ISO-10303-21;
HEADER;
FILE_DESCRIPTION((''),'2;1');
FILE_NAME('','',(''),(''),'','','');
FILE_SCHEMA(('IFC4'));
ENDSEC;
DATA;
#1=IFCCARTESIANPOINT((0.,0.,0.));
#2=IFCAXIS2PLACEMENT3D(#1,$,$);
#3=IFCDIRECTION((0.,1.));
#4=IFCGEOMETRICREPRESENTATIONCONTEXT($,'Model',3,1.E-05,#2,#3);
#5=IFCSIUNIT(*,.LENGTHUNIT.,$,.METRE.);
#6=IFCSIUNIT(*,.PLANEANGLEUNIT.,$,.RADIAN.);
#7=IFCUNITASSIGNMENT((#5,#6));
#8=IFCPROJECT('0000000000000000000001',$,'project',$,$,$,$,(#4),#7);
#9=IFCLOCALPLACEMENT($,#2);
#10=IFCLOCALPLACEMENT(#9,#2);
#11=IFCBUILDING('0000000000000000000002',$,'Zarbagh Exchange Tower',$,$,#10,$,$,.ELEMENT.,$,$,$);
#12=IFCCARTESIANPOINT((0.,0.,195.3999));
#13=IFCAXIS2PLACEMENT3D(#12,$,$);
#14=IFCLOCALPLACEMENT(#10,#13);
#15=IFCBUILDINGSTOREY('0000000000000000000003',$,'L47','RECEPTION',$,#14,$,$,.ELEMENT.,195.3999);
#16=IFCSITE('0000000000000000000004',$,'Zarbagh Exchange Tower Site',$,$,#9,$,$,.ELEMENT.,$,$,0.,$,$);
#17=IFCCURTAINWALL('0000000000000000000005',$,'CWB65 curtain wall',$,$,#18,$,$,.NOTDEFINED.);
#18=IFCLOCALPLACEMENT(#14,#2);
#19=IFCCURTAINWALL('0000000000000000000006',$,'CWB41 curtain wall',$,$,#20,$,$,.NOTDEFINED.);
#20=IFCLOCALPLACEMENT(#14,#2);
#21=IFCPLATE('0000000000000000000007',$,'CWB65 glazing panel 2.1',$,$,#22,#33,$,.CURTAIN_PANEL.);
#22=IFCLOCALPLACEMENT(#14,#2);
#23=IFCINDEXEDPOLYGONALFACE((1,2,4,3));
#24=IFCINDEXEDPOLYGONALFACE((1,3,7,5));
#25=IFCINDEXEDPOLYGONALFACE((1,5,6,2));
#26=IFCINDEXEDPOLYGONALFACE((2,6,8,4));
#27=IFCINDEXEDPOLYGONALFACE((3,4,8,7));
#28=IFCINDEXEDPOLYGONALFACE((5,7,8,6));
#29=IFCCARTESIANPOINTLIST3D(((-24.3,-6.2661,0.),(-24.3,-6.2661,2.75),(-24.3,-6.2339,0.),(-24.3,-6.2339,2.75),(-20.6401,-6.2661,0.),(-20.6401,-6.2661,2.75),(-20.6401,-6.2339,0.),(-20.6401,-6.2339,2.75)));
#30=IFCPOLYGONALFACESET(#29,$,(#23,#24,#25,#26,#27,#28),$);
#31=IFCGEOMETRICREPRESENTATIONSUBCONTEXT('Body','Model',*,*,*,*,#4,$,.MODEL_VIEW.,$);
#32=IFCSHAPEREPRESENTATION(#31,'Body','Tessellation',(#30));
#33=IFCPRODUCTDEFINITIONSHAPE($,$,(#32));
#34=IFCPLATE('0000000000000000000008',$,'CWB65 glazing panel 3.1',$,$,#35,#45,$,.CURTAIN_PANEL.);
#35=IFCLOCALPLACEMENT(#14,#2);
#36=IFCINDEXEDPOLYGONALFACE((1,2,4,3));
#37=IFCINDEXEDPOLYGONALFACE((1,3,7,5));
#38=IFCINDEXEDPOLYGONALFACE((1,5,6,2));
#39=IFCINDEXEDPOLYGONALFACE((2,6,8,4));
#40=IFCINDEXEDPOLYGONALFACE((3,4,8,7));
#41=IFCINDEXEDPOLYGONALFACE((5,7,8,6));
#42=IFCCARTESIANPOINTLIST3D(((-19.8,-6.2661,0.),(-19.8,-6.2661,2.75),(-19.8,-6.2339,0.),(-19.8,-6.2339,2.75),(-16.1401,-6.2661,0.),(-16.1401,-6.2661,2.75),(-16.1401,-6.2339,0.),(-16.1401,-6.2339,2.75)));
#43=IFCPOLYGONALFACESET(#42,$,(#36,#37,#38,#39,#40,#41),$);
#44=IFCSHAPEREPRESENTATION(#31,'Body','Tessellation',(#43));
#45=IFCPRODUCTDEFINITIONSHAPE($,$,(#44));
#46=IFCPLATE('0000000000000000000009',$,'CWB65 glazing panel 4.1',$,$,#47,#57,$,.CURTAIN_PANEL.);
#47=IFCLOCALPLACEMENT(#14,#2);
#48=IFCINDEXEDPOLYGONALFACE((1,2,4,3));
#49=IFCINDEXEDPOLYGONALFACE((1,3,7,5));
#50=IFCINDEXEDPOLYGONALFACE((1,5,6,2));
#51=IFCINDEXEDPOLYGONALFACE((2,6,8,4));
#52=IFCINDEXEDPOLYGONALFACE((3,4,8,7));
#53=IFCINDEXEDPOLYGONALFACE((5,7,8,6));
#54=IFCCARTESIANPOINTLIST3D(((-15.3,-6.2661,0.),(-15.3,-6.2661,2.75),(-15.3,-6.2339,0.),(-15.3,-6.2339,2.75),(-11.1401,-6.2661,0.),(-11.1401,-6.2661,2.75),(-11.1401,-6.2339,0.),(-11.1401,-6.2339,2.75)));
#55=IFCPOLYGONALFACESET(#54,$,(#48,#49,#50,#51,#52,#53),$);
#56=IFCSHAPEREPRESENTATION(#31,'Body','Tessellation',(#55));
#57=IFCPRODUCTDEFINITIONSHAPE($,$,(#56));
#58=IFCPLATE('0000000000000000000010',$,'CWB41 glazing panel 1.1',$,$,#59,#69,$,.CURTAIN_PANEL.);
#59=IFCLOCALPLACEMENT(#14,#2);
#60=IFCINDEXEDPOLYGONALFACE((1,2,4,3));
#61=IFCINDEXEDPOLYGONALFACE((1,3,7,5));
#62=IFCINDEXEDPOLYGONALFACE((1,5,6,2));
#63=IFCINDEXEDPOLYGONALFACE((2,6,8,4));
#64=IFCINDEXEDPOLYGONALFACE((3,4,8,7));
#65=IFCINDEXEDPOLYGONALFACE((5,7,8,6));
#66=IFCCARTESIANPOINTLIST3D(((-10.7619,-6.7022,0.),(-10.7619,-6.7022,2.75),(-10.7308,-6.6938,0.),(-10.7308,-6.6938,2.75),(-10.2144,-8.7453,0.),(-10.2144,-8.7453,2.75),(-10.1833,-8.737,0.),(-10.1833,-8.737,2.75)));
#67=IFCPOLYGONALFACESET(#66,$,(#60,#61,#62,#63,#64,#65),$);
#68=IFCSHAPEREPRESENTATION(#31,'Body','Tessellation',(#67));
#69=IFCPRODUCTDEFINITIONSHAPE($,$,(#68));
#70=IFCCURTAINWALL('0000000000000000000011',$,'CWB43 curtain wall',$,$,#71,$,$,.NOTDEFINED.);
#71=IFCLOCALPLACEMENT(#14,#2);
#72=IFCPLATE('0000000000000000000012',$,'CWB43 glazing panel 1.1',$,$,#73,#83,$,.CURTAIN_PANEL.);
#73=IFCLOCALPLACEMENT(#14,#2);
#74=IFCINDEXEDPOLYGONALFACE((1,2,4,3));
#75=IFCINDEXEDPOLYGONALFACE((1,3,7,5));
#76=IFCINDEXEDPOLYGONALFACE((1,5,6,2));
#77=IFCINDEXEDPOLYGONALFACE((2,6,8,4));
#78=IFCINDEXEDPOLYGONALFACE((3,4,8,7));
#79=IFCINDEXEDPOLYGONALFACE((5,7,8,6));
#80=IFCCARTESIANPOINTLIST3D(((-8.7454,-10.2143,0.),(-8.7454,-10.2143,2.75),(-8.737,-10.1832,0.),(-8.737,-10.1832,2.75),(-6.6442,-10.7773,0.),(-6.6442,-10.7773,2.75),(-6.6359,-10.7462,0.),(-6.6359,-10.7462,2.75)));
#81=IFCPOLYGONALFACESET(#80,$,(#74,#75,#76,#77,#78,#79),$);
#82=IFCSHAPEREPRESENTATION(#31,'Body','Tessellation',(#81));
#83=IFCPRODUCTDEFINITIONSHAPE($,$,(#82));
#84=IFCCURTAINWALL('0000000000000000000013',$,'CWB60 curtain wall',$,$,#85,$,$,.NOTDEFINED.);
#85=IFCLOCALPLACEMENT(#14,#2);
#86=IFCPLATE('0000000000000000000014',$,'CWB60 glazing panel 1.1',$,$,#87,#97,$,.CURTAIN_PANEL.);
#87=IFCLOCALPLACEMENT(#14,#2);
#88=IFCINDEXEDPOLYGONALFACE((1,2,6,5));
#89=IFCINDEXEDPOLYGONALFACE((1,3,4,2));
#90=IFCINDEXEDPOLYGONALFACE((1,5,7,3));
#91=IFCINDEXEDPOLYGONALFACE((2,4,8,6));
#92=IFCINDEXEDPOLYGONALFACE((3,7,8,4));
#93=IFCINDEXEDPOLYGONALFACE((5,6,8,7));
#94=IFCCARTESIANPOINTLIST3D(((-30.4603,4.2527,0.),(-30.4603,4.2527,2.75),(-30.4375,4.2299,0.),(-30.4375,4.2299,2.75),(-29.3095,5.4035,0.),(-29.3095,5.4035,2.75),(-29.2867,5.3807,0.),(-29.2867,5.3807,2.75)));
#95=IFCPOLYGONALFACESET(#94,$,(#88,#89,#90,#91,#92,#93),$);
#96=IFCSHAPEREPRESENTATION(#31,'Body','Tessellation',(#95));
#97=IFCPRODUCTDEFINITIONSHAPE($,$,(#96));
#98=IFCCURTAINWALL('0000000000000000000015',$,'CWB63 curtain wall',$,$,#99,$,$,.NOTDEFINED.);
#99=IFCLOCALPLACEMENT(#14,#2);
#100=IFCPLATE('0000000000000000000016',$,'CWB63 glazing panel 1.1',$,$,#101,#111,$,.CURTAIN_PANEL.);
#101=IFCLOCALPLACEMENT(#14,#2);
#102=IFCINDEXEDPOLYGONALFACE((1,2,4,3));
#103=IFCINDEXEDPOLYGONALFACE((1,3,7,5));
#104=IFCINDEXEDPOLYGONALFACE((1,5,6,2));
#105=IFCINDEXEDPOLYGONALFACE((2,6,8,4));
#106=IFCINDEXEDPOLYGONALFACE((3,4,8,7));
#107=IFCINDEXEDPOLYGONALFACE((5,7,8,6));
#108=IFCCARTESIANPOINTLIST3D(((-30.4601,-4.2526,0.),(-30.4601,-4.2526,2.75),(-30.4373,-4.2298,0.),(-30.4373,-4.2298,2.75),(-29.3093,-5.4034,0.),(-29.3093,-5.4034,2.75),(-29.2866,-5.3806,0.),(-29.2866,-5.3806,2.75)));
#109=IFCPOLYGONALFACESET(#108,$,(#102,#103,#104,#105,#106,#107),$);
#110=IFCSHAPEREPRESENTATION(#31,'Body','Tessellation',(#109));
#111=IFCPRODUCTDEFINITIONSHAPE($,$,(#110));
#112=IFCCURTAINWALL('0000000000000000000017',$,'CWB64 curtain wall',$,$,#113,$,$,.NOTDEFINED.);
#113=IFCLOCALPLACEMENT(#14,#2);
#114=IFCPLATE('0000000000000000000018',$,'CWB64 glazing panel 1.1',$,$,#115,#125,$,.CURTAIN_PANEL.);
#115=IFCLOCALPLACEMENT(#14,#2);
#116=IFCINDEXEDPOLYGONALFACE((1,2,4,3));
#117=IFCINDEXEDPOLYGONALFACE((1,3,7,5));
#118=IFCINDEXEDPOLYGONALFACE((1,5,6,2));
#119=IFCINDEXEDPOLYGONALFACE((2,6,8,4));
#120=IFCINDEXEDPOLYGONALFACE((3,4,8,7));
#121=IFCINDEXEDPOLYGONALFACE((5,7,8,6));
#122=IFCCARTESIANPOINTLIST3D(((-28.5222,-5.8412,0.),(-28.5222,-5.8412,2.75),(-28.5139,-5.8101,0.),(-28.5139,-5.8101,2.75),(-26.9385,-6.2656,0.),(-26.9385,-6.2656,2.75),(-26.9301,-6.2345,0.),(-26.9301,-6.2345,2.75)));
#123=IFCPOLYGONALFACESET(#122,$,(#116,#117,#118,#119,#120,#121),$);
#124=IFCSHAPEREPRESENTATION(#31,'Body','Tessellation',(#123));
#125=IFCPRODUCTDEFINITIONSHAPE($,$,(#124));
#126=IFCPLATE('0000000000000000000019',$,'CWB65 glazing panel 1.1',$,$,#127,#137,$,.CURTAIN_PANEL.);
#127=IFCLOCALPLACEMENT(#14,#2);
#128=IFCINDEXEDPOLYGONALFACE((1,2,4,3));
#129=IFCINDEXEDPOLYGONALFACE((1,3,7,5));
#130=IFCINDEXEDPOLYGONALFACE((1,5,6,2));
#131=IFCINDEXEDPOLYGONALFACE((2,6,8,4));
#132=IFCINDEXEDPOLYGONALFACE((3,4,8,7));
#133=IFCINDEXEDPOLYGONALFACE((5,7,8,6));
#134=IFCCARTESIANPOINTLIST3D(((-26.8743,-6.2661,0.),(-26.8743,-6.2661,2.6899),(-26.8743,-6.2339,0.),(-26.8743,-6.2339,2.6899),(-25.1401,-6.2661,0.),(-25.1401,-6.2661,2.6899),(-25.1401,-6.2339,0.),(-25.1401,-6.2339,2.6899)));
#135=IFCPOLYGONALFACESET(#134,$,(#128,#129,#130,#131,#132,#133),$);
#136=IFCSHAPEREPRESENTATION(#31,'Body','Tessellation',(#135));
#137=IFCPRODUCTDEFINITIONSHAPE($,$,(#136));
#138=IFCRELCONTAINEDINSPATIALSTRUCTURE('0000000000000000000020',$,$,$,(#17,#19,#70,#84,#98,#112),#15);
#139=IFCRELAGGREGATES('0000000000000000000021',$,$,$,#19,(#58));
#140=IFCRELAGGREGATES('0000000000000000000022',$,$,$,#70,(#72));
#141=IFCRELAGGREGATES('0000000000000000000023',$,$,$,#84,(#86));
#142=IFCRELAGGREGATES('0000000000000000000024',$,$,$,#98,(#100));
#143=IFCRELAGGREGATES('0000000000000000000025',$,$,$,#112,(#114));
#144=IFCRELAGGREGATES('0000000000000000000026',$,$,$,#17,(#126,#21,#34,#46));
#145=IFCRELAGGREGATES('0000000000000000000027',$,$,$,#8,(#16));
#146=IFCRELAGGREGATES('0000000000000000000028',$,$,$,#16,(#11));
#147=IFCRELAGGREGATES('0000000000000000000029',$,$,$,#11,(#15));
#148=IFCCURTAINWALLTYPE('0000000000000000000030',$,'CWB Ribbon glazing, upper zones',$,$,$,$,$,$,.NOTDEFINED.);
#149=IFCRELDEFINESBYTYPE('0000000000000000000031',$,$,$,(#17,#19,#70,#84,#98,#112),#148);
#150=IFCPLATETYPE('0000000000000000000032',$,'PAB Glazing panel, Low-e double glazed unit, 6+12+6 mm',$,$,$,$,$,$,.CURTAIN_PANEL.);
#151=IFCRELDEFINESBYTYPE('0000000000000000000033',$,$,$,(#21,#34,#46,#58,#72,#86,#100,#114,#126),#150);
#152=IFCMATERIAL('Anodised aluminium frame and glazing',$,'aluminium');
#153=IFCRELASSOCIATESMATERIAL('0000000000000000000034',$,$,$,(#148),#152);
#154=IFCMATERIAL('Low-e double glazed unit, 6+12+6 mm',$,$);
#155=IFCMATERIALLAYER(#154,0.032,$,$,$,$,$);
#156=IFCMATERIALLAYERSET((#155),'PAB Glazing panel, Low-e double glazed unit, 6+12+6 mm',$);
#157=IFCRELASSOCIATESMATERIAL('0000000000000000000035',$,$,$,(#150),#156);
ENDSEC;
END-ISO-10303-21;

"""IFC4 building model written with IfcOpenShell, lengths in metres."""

from ifc_helpers import new_model, si_unit, direction, frame, origin, place, context, subcontext, project, spatial, polyline, outline, extrude, source, transform, mapped, material, layer, layer_set, type_object, element, aggregate, save


model = new_model("IFC4")

# Units and contexts
model_context = context("Model", 3, precision=1e-05, world=origin(), true_north=direction((0.0, 1.0)))
body_context = subcontext(model_context, "Body", "Model", "MODEL_VIEW")
ifc_project = project(units=[si_unit("LENGTHUNIT", "METRE"), si_unit("PLANEANGLEUNIT", "RADIAN")], contexts=[model_context])

# Site, building, storey
site_placement = place(None, origin())
site = spatial("IfcSite", under=ifc_project, at=site_placement, Name="Zarbagh Exchange Tower Site", CompositionType="ELEMENT", RefElevation=0.0)
building_placement = place(site_placement, origin())
building = spatial("IfcBuilding", under=site, at=building_placement, Name="Zarbagh Exchange Tower", CompositionType="ELEMENT")
storey_placement = place(building_placement, frame((0.0, 0.0, 195.3999)))
storey = spatial("IfcBuildingStorey", under=building, at=storey_placement, Name="L47", Description="RECEPTION", CompositionType="ELEMENT", Elevation=195.3999)

# Shared definitions
ifc_material_1 = material(Name="Anodised aluminium frame and glazing", Category="aluminium")
curtain_wall_type = type_object("IfcCurtainWallType", Name="CWB Ribbon glazing, upper zones", PredefinedType="NOTDEFINED", material=ifc_material_1)
placement = place(storey_placement, origin())

# Curtain wall
curtain_wall_1_placement = place(storey_placement, origin())
curtain_wall_1 = element("IfcCurtainWall", 1, at=curtain_wall_1_placement, inside=storey, type_object=curtain_wall_type, Name="CWB65 curtain wall", PredefinedType="NOTDEFINED")

# Curtain wall
curtain_wall_2_placement = place(storey_placement, origin())
curtain_wall_2 = element("IfcCurtainWall", 2, at=curtain_wall_2_placement, inside=storey, type_object=curtain_wall_type, Name="CWB41 curtain wall", PredefinedType="NOTDEFINED")

# Shared definitions
ifc_material_2 = material(Name="Low-e double glazed unit, 6+12+6 mm")
ifc_layer = layer(ifc_material_2, 0.032)
ifc_layer_set = layer_set([ifc_layer], Name="PAB Glazing panel, Low-e double glazed unit, 6+12+6 mm")
plate_type = type_object("IfcPlateType", Name="PAB Glazing panel, Low-e double glazed unit, 6+12+6 mm", PredefinedType="CURTAIN_PANEL", material=ifc_layer_set)

# Plates
shared_shape_1 = source(origin(), body_context, "Body", "SweptSolid", [
    extrude(outline(polyline([(0.0, -0.0161), (3.6599, -0.0161), (3.6599, 0.0161), (0.0, 0.0161), (0.0, -0.0161)])), origin(), (0.0, 0.0, 1.0), 2.75),
])
plate_1 = element("IfcPlate", 3, at=placement, type_object=plate_type, Name="CWB65 glazing panel 2.1", PredefinedType="CURTAIN_PANEL", context=body_context, shape_type="MappedRepresentation", body=[
    mapped(shared_shape_1, transform((-24.3, -6.25, 0.0), x_axis=(1.0, 0.0, 0.0), y_axis=(0.0, 1.0, 0.0), z_axis=(0.0, 0.0, 1.0))),
])
plate_2 = element("IfcPlate", 4, at=placement, type_object=plate_type, Name="CWB65 glazing panel 3.1", PredefinedType="CURTAIN_PANEL", context=body_context, shape_type="MappedRepresentation", body=[
    mapped(shared_shape_1, transform((-19.8, -6.25, 0.0), x_axis=(1.0, 0.0, 0.0), y_axis=(0.0, 1.0, 0.0), z_axis=(0.0, 0.0, 1.0))),
])
shared_shape_2 = source(origin(), body_context, "Body", "SweptSolid", [
    extrude(outline(polyline([(0.0, -0.0161), (4.1599, -0.0161), (4.1599, 0.0161), (0.0, 0.0161), (0.0, -0.0161)])), origin(), (0.0, 0.0, 1.0), 2.75),
])
plate_3 = element("IfcPlate", 5, at=placement, type_object=plate_type, Name="CWB65 glazing panel 4.1", PredefinedType="CURTAIN_PANEL", context=body_context, shape_type="MappedRepresentation", body=[
    mapped(shared_shape_2, transform((-15.3, -6.25, 0.0), x_axis=(1.0, 0.0, 0.0), y_axis=(0.0, 1.0, 0.0), z_axis=(0.0, 0.0, 1.0))),
])
shared_shape_3 = source(origin(), body_context, "Body", "SweptSolid", [
    extrude(outline(polyline([(0.0, -0.0161), (2.1152, -0.0161), (2.1152, 0.0161), (0.0, 0.0161), (0.0, -0.0161)])), origin(), (0.0, 0.0, 1.0), 2.75),
])
plate_4 = element("IfcPlate", 6, at=placement, type_object=plate_type, Name="CWB41 glazing panel 1.1", PredefinedType="CURTAIN_PANEL", context=body_context, shape_type="MappedRepresentation", body=[
    mapped(shared_shape_3, transform((-10.7463, -6.698, 0.0), x_axis=(0.258825, -0.965924, 0.0), y_axis=(0.965924, 0.258825, 0.0), z_axis=(0.0, 0.0, 1.0))),
])
aggregate(curtain_wall_2, [plate_4])

# Curtain walls, plates
curtain_wall_3_placement = place(storey_placement, origin())
curtain_wall_3 = element("IfcCurtainWall", 7, at=curtain_wall_3_placement, inside=storey, type_object=curtain_wall_type, Name="CWB43 curtain wall", PredefinedType="NOTDEFINED")
shared_shape_4 = source(origin(), body_context, "Body", "SweptSolid", [
    extrude(outline(polyline([(0.0, -0.0161), (2.1753, -0.0161), (2.1753, 0.0161), (0.0, 0.0161), (0.0, -0.0161)])), origin(), (0.0, 0.0, 1.0), 2.75),
])
plate_5 = element("IfcPlate", 8, at=placement, type_object=plate_type, Name="CWB43 glazing panel 1.1", PredefinedType="CURTAIN_PANEL", context=body_context, shape_type="MappedRepresentation", body=[
    mapped(shared_shape_4, transform((-8.7412, -10.1987, 0.0), x_axis=(0.965924, -0.258825, 0.0), y_axis=(0.258825, 0.965924, 0.0), z_axis=(0.0, 0.0, 1.0))),
])
aggregate(curtain_wall_3, [plate_5])
curtain_wall_4_placement = place(storey_placement, origin())
curtain_wall_4 = element("IfcCurtainWall", 9, at=curtain_wall_4_placement, inside=storey, type_object=curtain_wall_type, Name="CWB60 curtain wall", PredefinedType="NOTDEFINED")
shared_shape_5 = source(origin(), body_context, "Body", "SweptSolid", [
    extrude(outline(polyline([(0.0, -0.0161), (1.6274, -0.0161), (1.6274, 0.0161), (0.0, 0.0161), (0.0, -0.0161)])), origin(), (0.0, 0.0, 1.0), 2.75),
])
plate_6 = element("IfcPlate", 10, at=placement, type_object=plate_type, Name="CWB60 glazing panel 1.1", PredefinedType="CURTAIN_PANEL", context=body_context, shape_type="MappedRepresentation", body=[
    mapped(shared_shape_5, transform((-29.2981, 5.3921, 0.0), x_axis=(-0.707107, -0.707107, 0.0), y_axis=(0.707107, -0.707107, 0.0), z_axis=(0.0, 0.0, 1.0))),
])
aggregate(curtain_wall_4, [plate_6])
curtain_wall_5_placement = place(storey_placement, origin())
curtain_wall_5 = element("IfcCurtainWall", 11, at=curtain_wall_5_placement, inside=storey, type_object=curtain_wall_type, Name="CWB63 curtain wall", PredefinedType="NOTDEFINED")
plate_7 = element("IfcPlate", 12, at=placement, type_object=plate_type, Name="CWB63 glazing panel 1.1", PredefinedType="CURTAIN_PANEL", context=body_context, shape_type="MappedRepresentation", body=[
    mapped(shared_shape_5, transform((-30.4487, -4.2412, 0.0), x_axis=(0.707107, -0.707107, 0.0), y_axis=(0.707107, 0.707107, 0.0), z_axis=(0.0, 0.0, 1.0))),
])
aggregate(curtain_wall_5, [plate_7])
curtain_wall_6_placement = place(storey_placement, origin())
curtain_wall_6 = element("IfcCurtainWall", 13, at=curtain_wall_6_placement, inside=storey, type_object=curtain_wall_type, Name="CWB64 curtain wall", PredefinedType="NOTDEFINED")
shared_shape_6 = source(origin(), body_context, "Body", "SweptSolid", [
    extrude(outline(polyline([(0.0, -0.0161), (1.6396, -0.0161), (1.6396, 0.0161), (0.0, 0.0161), (0.0, -0.0161)])), origin(), (0.0, 0.0, 1.0), 2.75),
])
plate_8 = element("IfcPlate", 14, at=placement, type_object=plate_type, Name="CWB64 glazing panel 1.1", PredefinedType="CURTAIN_PANEL", context=body_context, shape_type="MappedRepresentation", body=[
    mapped(shared_shape_6, transform((-28.5181, -5.8257, 0.0), x_axis=(0.965924, -0.258825, 0.0), y_axis=(0.258825, 0.965924, 0.0), z_axis=(0.0, 0.0, 1.0))),
])
aggregate(curtain_wall_6, [plate_8])

# Plate
shared_shape_7 = source(origin(), body_context, "Body", "SweptSolid", [
    extrude(outline(polyline([(0.0, -0.0161), (1.7341, -0.0161), (1.7341, 0.0161), (0.0, 0.0161), (0.0, -0.0161)])), origin(), (0.0, 0.0, 1.0), 2.6899),
])
plate_9 = element("IfcPlate", 15, at=placement, type_object=plate_type, Name="CWB65 glazing panel 1.1", PredefinedType="CURTAIN_PANEL", context=body_context, shape_type="MappedRepresentation", body=[
    mapped(shared_shape_7, transform((-26.8743, -6.25, 0.0), x_axis=(1.0, 0.0, 0.0), y_axis=(0.0, 1.0, 0.0), z_axis=(0.0, 0.0, 1.0))),
])
aggregate(curtain_wall_1, [plate_9, plate_1, plate_2, plate_3])

save(model, "model.ifc")
